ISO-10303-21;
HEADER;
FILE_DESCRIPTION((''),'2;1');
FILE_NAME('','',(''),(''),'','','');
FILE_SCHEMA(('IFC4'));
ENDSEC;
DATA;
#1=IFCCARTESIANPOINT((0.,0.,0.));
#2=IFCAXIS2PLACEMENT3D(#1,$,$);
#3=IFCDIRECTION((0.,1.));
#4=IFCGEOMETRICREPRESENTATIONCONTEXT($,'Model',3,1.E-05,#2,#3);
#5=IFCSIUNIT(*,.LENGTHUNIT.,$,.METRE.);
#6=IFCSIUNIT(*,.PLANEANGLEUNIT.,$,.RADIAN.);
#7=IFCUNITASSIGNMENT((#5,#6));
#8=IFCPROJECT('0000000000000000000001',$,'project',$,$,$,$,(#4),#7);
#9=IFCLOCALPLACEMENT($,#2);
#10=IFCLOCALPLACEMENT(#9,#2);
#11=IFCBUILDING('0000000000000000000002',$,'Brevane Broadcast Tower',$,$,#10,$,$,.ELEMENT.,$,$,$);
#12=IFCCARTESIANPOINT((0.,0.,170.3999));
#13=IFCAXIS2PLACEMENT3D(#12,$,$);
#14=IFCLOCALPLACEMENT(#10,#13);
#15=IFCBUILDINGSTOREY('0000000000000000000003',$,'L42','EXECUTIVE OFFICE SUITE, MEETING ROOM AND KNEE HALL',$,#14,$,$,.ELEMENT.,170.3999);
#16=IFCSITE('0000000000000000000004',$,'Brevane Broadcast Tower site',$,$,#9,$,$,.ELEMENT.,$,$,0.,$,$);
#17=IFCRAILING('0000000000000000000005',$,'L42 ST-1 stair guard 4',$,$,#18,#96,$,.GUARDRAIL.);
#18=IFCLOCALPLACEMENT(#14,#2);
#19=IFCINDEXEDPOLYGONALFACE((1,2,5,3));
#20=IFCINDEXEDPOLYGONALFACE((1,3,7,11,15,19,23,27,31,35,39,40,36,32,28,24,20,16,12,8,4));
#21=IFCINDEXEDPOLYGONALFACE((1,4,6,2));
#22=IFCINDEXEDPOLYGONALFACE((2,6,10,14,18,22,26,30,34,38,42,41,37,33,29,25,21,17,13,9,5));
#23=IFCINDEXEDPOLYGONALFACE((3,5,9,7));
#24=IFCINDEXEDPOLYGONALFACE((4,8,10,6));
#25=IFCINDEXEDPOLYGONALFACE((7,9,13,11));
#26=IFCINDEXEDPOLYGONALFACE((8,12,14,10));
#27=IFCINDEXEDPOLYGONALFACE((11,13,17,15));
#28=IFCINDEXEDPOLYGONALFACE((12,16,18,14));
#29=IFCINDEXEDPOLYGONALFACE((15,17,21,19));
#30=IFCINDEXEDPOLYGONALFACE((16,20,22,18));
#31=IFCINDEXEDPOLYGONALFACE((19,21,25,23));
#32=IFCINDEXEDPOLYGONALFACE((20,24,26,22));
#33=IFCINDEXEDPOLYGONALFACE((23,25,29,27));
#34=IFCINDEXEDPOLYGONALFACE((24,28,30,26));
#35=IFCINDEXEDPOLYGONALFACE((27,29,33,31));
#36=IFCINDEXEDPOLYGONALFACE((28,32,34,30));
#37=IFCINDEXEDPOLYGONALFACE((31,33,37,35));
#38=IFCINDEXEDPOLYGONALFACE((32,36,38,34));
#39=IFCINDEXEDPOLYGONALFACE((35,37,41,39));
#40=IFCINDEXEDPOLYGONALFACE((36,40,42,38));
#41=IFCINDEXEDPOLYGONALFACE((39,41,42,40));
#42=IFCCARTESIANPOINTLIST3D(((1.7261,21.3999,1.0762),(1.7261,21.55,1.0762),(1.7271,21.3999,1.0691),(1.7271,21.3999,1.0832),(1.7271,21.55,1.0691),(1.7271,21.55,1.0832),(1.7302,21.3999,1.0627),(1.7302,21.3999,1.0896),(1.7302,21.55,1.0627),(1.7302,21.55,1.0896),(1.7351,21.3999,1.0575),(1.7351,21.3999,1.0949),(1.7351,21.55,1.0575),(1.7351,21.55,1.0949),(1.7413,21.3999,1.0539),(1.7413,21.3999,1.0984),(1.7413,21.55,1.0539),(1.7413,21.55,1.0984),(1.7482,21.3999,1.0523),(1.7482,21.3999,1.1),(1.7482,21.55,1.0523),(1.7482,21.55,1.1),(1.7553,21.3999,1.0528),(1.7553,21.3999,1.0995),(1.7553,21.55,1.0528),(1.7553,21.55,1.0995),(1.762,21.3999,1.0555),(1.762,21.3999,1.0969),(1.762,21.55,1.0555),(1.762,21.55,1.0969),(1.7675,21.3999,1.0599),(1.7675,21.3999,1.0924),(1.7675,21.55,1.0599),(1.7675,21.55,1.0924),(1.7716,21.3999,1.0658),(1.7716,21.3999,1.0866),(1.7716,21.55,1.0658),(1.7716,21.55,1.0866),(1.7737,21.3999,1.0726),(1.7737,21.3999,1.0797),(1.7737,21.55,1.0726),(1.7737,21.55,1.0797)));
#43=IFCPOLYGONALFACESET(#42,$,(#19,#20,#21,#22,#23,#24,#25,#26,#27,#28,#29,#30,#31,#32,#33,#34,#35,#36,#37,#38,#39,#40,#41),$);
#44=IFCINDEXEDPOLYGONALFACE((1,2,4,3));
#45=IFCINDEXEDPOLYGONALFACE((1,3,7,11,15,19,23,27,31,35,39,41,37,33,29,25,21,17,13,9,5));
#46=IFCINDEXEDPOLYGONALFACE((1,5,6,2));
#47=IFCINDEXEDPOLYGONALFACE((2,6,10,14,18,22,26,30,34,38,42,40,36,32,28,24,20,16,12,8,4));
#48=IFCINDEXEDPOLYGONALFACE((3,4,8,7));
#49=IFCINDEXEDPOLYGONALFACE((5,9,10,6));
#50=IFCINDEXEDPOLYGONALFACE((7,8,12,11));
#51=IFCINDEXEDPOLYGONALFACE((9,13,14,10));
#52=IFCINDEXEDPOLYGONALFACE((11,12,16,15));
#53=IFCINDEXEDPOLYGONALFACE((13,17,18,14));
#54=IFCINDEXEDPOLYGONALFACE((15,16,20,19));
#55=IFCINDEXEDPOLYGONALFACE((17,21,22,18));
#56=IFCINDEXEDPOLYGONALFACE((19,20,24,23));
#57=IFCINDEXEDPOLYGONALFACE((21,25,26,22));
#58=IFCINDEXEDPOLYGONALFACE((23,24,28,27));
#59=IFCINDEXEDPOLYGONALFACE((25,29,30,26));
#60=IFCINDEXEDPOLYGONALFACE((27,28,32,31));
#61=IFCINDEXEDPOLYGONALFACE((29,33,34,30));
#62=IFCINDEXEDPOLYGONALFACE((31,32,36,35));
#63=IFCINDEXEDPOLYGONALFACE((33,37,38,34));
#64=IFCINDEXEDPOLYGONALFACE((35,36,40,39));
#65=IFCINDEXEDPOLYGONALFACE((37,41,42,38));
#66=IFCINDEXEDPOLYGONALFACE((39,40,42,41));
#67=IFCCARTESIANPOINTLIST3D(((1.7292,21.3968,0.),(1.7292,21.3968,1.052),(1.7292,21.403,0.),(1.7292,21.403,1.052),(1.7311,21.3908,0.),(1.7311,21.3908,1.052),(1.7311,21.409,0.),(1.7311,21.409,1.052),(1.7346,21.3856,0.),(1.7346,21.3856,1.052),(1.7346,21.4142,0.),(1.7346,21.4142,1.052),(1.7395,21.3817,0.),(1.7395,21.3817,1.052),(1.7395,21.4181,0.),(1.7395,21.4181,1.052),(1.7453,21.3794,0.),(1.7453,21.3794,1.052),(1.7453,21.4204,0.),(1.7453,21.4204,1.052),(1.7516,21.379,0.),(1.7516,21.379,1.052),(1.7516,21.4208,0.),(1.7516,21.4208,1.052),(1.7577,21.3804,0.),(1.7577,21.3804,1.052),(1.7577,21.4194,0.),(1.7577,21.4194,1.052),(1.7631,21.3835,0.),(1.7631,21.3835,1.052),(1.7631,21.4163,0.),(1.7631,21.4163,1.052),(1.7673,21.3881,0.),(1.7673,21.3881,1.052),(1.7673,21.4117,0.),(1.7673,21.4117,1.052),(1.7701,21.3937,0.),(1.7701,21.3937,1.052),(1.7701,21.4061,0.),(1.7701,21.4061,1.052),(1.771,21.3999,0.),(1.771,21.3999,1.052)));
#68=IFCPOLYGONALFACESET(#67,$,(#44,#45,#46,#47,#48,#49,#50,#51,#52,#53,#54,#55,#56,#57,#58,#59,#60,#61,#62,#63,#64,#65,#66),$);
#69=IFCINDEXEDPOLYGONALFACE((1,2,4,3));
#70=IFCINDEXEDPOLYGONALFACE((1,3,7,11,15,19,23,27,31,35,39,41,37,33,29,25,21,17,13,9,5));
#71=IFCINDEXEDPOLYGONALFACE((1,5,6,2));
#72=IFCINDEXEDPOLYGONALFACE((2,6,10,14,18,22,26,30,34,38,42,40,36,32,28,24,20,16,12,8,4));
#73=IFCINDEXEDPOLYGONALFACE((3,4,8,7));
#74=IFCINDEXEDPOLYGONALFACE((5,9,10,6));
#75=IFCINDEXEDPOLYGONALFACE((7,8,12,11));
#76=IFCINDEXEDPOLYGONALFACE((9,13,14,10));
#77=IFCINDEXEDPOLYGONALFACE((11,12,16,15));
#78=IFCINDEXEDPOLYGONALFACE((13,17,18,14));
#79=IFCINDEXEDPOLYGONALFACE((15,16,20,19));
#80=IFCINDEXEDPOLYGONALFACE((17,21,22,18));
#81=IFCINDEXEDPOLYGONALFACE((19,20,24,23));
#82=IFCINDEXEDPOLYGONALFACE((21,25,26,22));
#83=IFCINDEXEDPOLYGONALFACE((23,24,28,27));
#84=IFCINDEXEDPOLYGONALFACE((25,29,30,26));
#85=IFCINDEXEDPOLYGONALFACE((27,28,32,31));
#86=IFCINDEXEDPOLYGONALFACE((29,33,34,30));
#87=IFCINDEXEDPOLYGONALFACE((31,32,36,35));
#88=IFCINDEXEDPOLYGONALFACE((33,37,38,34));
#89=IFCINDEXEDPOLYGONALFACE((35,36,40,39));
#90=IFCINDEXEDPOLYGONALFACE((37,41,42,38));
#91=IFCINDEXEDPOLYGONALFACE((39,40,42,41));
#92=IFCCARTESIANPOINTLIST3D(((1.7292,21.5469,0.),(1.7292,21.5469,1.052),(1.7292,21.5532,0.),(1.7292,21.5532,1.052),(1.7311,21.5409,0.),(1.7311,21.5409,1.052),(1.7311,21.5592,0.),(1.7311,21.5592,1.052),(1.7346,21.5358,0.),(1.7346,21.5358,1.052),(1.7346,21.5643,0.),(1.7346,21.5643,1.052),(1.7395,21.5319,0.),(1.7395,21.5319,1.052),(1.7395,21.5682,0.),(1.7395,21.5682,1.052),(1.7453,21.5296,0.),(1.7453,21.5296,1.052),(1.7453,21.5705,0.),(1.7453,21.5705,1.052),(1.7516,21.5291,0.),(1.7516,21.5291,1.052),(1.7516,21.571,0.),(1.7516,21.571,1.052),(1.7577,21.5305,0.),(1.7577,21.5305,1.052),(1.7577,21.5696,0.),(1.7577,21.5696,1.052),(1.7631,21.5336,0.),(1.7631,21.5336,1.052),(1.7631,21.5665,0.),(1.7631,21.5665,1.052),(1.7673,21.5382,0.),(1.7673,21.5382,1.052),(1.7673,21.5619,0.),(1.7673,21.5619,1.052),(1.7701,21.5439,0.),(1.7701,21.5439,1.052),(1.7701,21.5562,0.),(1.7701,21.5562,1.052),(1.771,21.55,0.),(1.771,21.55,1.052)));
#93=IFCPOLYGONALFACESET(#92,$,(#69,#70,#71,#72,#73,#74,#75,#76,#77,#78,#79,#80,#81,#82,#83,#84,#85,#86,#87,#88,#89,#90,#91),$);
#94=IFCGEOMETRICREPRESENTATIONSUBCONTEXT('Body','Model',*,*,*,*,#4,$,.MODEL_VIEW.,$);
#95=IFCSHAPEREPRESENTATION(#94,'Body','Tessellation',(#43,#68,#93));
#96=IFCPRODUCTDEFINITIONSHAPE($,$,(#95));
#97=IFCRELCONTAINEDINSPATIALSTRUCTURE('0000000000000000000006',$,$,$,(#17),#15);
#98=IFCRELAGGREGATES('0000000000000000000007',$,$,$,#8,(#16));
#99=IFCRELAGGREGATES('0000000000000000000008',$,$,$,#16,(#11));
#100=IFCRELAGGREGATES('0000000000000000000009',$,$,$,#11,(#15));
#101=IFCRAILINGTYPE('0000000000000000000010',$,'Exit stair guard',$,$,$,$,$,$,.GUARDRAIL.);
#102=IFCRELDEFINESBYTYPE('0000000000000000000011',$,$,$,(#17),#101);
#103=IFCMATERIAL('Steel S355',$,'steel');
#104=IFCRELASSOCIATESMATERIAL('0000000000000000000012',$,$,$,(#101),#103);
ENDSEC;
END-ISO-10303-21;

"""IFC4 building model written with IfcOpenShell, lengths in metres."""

from ifc_helpers import new_model, si_unit, direction, frame, origin, origin_2d, place, context, subcontext, project, spatial, circle, extrude, material, type_object, element, save


model = new_model("IFC4")

# Units and contexts
model_context = context("Model", 3, precision=1e-05, world=origin(), true_north=direction((0.0, 1.0)))
body_context = subcontext(model_context, "Body", "Model", "MODEL_VIEW")
ifc_project = project(units=[si_unit("LENGTHUNIT", "METRE"), si_unit("PLANEANGLEUNIT", "RADIAN")], contexts=[model_context])

# Site, building, storey
site_placement = place(None, origin())
site = spatial("IfcSite", under=ifc_project, at=site_placement, Name="Brevane Broadcast Tower site", CompositionType="ELEMENT", RefElevation=0.0)
building_placement = place(site_placement, origin())
building = spatial("IfcBuilding", under=site, at=building_placement, Name="Brevane Broadcast Tower", CompositionType="ELEMENT")
storey_placement = place(building_placement, frame((0.0, 0.0, 170.3999)))
storey = spatial("IfcBuildingStorey", under=building, at=storey_placement, Name="L42", Description="EXECUTIVE OFFICE SUITE, MEETING ROOM AND KNEE HALL", CompositionType="ELEMENT", Elevation=170.3999)

# Railing
ifc_material_1 = material(Name="Steel S355", Category="steel")
railing_type_1 = type_object("IfcRailingType", Name="Exit stair guard", PredefinedType="GUARDRAIL", material=ifc_material_1)
railing_1_placement = place(storey_placement, frame((1.75, 21.3999, 0.0)))
element("IfcRailing", 1, at=railing_1_placement, inside=storey, type_object=railing_type_1, Name="L42 ST-1 stair guard 4", PredefinedType="GUARDRAIL", context=body_context, shape_type="SweptSolid", body=[
    extrude(circle(Radius=0.0239, at=origin_2d()), frame((0.0, 0.0, 1.0762), z_axis=(0.0, 1.0, 0.0), x_axis=(-1.0, 0.0, 0.0)), (0.0, 0.0, 1.0), 0.1501),
    extrude(circle(Radius=0.021, at=origin_2d()), origin(), (0.0, 0.0, 1.0), 1.052),
    extrude(circle(Radius=0.021, at=origin_2d()), frame((0.0, 0.1501, 0.0)), (0.0, 0.0, 1.0), 1.052),
])

save(model, "model.ifc")
